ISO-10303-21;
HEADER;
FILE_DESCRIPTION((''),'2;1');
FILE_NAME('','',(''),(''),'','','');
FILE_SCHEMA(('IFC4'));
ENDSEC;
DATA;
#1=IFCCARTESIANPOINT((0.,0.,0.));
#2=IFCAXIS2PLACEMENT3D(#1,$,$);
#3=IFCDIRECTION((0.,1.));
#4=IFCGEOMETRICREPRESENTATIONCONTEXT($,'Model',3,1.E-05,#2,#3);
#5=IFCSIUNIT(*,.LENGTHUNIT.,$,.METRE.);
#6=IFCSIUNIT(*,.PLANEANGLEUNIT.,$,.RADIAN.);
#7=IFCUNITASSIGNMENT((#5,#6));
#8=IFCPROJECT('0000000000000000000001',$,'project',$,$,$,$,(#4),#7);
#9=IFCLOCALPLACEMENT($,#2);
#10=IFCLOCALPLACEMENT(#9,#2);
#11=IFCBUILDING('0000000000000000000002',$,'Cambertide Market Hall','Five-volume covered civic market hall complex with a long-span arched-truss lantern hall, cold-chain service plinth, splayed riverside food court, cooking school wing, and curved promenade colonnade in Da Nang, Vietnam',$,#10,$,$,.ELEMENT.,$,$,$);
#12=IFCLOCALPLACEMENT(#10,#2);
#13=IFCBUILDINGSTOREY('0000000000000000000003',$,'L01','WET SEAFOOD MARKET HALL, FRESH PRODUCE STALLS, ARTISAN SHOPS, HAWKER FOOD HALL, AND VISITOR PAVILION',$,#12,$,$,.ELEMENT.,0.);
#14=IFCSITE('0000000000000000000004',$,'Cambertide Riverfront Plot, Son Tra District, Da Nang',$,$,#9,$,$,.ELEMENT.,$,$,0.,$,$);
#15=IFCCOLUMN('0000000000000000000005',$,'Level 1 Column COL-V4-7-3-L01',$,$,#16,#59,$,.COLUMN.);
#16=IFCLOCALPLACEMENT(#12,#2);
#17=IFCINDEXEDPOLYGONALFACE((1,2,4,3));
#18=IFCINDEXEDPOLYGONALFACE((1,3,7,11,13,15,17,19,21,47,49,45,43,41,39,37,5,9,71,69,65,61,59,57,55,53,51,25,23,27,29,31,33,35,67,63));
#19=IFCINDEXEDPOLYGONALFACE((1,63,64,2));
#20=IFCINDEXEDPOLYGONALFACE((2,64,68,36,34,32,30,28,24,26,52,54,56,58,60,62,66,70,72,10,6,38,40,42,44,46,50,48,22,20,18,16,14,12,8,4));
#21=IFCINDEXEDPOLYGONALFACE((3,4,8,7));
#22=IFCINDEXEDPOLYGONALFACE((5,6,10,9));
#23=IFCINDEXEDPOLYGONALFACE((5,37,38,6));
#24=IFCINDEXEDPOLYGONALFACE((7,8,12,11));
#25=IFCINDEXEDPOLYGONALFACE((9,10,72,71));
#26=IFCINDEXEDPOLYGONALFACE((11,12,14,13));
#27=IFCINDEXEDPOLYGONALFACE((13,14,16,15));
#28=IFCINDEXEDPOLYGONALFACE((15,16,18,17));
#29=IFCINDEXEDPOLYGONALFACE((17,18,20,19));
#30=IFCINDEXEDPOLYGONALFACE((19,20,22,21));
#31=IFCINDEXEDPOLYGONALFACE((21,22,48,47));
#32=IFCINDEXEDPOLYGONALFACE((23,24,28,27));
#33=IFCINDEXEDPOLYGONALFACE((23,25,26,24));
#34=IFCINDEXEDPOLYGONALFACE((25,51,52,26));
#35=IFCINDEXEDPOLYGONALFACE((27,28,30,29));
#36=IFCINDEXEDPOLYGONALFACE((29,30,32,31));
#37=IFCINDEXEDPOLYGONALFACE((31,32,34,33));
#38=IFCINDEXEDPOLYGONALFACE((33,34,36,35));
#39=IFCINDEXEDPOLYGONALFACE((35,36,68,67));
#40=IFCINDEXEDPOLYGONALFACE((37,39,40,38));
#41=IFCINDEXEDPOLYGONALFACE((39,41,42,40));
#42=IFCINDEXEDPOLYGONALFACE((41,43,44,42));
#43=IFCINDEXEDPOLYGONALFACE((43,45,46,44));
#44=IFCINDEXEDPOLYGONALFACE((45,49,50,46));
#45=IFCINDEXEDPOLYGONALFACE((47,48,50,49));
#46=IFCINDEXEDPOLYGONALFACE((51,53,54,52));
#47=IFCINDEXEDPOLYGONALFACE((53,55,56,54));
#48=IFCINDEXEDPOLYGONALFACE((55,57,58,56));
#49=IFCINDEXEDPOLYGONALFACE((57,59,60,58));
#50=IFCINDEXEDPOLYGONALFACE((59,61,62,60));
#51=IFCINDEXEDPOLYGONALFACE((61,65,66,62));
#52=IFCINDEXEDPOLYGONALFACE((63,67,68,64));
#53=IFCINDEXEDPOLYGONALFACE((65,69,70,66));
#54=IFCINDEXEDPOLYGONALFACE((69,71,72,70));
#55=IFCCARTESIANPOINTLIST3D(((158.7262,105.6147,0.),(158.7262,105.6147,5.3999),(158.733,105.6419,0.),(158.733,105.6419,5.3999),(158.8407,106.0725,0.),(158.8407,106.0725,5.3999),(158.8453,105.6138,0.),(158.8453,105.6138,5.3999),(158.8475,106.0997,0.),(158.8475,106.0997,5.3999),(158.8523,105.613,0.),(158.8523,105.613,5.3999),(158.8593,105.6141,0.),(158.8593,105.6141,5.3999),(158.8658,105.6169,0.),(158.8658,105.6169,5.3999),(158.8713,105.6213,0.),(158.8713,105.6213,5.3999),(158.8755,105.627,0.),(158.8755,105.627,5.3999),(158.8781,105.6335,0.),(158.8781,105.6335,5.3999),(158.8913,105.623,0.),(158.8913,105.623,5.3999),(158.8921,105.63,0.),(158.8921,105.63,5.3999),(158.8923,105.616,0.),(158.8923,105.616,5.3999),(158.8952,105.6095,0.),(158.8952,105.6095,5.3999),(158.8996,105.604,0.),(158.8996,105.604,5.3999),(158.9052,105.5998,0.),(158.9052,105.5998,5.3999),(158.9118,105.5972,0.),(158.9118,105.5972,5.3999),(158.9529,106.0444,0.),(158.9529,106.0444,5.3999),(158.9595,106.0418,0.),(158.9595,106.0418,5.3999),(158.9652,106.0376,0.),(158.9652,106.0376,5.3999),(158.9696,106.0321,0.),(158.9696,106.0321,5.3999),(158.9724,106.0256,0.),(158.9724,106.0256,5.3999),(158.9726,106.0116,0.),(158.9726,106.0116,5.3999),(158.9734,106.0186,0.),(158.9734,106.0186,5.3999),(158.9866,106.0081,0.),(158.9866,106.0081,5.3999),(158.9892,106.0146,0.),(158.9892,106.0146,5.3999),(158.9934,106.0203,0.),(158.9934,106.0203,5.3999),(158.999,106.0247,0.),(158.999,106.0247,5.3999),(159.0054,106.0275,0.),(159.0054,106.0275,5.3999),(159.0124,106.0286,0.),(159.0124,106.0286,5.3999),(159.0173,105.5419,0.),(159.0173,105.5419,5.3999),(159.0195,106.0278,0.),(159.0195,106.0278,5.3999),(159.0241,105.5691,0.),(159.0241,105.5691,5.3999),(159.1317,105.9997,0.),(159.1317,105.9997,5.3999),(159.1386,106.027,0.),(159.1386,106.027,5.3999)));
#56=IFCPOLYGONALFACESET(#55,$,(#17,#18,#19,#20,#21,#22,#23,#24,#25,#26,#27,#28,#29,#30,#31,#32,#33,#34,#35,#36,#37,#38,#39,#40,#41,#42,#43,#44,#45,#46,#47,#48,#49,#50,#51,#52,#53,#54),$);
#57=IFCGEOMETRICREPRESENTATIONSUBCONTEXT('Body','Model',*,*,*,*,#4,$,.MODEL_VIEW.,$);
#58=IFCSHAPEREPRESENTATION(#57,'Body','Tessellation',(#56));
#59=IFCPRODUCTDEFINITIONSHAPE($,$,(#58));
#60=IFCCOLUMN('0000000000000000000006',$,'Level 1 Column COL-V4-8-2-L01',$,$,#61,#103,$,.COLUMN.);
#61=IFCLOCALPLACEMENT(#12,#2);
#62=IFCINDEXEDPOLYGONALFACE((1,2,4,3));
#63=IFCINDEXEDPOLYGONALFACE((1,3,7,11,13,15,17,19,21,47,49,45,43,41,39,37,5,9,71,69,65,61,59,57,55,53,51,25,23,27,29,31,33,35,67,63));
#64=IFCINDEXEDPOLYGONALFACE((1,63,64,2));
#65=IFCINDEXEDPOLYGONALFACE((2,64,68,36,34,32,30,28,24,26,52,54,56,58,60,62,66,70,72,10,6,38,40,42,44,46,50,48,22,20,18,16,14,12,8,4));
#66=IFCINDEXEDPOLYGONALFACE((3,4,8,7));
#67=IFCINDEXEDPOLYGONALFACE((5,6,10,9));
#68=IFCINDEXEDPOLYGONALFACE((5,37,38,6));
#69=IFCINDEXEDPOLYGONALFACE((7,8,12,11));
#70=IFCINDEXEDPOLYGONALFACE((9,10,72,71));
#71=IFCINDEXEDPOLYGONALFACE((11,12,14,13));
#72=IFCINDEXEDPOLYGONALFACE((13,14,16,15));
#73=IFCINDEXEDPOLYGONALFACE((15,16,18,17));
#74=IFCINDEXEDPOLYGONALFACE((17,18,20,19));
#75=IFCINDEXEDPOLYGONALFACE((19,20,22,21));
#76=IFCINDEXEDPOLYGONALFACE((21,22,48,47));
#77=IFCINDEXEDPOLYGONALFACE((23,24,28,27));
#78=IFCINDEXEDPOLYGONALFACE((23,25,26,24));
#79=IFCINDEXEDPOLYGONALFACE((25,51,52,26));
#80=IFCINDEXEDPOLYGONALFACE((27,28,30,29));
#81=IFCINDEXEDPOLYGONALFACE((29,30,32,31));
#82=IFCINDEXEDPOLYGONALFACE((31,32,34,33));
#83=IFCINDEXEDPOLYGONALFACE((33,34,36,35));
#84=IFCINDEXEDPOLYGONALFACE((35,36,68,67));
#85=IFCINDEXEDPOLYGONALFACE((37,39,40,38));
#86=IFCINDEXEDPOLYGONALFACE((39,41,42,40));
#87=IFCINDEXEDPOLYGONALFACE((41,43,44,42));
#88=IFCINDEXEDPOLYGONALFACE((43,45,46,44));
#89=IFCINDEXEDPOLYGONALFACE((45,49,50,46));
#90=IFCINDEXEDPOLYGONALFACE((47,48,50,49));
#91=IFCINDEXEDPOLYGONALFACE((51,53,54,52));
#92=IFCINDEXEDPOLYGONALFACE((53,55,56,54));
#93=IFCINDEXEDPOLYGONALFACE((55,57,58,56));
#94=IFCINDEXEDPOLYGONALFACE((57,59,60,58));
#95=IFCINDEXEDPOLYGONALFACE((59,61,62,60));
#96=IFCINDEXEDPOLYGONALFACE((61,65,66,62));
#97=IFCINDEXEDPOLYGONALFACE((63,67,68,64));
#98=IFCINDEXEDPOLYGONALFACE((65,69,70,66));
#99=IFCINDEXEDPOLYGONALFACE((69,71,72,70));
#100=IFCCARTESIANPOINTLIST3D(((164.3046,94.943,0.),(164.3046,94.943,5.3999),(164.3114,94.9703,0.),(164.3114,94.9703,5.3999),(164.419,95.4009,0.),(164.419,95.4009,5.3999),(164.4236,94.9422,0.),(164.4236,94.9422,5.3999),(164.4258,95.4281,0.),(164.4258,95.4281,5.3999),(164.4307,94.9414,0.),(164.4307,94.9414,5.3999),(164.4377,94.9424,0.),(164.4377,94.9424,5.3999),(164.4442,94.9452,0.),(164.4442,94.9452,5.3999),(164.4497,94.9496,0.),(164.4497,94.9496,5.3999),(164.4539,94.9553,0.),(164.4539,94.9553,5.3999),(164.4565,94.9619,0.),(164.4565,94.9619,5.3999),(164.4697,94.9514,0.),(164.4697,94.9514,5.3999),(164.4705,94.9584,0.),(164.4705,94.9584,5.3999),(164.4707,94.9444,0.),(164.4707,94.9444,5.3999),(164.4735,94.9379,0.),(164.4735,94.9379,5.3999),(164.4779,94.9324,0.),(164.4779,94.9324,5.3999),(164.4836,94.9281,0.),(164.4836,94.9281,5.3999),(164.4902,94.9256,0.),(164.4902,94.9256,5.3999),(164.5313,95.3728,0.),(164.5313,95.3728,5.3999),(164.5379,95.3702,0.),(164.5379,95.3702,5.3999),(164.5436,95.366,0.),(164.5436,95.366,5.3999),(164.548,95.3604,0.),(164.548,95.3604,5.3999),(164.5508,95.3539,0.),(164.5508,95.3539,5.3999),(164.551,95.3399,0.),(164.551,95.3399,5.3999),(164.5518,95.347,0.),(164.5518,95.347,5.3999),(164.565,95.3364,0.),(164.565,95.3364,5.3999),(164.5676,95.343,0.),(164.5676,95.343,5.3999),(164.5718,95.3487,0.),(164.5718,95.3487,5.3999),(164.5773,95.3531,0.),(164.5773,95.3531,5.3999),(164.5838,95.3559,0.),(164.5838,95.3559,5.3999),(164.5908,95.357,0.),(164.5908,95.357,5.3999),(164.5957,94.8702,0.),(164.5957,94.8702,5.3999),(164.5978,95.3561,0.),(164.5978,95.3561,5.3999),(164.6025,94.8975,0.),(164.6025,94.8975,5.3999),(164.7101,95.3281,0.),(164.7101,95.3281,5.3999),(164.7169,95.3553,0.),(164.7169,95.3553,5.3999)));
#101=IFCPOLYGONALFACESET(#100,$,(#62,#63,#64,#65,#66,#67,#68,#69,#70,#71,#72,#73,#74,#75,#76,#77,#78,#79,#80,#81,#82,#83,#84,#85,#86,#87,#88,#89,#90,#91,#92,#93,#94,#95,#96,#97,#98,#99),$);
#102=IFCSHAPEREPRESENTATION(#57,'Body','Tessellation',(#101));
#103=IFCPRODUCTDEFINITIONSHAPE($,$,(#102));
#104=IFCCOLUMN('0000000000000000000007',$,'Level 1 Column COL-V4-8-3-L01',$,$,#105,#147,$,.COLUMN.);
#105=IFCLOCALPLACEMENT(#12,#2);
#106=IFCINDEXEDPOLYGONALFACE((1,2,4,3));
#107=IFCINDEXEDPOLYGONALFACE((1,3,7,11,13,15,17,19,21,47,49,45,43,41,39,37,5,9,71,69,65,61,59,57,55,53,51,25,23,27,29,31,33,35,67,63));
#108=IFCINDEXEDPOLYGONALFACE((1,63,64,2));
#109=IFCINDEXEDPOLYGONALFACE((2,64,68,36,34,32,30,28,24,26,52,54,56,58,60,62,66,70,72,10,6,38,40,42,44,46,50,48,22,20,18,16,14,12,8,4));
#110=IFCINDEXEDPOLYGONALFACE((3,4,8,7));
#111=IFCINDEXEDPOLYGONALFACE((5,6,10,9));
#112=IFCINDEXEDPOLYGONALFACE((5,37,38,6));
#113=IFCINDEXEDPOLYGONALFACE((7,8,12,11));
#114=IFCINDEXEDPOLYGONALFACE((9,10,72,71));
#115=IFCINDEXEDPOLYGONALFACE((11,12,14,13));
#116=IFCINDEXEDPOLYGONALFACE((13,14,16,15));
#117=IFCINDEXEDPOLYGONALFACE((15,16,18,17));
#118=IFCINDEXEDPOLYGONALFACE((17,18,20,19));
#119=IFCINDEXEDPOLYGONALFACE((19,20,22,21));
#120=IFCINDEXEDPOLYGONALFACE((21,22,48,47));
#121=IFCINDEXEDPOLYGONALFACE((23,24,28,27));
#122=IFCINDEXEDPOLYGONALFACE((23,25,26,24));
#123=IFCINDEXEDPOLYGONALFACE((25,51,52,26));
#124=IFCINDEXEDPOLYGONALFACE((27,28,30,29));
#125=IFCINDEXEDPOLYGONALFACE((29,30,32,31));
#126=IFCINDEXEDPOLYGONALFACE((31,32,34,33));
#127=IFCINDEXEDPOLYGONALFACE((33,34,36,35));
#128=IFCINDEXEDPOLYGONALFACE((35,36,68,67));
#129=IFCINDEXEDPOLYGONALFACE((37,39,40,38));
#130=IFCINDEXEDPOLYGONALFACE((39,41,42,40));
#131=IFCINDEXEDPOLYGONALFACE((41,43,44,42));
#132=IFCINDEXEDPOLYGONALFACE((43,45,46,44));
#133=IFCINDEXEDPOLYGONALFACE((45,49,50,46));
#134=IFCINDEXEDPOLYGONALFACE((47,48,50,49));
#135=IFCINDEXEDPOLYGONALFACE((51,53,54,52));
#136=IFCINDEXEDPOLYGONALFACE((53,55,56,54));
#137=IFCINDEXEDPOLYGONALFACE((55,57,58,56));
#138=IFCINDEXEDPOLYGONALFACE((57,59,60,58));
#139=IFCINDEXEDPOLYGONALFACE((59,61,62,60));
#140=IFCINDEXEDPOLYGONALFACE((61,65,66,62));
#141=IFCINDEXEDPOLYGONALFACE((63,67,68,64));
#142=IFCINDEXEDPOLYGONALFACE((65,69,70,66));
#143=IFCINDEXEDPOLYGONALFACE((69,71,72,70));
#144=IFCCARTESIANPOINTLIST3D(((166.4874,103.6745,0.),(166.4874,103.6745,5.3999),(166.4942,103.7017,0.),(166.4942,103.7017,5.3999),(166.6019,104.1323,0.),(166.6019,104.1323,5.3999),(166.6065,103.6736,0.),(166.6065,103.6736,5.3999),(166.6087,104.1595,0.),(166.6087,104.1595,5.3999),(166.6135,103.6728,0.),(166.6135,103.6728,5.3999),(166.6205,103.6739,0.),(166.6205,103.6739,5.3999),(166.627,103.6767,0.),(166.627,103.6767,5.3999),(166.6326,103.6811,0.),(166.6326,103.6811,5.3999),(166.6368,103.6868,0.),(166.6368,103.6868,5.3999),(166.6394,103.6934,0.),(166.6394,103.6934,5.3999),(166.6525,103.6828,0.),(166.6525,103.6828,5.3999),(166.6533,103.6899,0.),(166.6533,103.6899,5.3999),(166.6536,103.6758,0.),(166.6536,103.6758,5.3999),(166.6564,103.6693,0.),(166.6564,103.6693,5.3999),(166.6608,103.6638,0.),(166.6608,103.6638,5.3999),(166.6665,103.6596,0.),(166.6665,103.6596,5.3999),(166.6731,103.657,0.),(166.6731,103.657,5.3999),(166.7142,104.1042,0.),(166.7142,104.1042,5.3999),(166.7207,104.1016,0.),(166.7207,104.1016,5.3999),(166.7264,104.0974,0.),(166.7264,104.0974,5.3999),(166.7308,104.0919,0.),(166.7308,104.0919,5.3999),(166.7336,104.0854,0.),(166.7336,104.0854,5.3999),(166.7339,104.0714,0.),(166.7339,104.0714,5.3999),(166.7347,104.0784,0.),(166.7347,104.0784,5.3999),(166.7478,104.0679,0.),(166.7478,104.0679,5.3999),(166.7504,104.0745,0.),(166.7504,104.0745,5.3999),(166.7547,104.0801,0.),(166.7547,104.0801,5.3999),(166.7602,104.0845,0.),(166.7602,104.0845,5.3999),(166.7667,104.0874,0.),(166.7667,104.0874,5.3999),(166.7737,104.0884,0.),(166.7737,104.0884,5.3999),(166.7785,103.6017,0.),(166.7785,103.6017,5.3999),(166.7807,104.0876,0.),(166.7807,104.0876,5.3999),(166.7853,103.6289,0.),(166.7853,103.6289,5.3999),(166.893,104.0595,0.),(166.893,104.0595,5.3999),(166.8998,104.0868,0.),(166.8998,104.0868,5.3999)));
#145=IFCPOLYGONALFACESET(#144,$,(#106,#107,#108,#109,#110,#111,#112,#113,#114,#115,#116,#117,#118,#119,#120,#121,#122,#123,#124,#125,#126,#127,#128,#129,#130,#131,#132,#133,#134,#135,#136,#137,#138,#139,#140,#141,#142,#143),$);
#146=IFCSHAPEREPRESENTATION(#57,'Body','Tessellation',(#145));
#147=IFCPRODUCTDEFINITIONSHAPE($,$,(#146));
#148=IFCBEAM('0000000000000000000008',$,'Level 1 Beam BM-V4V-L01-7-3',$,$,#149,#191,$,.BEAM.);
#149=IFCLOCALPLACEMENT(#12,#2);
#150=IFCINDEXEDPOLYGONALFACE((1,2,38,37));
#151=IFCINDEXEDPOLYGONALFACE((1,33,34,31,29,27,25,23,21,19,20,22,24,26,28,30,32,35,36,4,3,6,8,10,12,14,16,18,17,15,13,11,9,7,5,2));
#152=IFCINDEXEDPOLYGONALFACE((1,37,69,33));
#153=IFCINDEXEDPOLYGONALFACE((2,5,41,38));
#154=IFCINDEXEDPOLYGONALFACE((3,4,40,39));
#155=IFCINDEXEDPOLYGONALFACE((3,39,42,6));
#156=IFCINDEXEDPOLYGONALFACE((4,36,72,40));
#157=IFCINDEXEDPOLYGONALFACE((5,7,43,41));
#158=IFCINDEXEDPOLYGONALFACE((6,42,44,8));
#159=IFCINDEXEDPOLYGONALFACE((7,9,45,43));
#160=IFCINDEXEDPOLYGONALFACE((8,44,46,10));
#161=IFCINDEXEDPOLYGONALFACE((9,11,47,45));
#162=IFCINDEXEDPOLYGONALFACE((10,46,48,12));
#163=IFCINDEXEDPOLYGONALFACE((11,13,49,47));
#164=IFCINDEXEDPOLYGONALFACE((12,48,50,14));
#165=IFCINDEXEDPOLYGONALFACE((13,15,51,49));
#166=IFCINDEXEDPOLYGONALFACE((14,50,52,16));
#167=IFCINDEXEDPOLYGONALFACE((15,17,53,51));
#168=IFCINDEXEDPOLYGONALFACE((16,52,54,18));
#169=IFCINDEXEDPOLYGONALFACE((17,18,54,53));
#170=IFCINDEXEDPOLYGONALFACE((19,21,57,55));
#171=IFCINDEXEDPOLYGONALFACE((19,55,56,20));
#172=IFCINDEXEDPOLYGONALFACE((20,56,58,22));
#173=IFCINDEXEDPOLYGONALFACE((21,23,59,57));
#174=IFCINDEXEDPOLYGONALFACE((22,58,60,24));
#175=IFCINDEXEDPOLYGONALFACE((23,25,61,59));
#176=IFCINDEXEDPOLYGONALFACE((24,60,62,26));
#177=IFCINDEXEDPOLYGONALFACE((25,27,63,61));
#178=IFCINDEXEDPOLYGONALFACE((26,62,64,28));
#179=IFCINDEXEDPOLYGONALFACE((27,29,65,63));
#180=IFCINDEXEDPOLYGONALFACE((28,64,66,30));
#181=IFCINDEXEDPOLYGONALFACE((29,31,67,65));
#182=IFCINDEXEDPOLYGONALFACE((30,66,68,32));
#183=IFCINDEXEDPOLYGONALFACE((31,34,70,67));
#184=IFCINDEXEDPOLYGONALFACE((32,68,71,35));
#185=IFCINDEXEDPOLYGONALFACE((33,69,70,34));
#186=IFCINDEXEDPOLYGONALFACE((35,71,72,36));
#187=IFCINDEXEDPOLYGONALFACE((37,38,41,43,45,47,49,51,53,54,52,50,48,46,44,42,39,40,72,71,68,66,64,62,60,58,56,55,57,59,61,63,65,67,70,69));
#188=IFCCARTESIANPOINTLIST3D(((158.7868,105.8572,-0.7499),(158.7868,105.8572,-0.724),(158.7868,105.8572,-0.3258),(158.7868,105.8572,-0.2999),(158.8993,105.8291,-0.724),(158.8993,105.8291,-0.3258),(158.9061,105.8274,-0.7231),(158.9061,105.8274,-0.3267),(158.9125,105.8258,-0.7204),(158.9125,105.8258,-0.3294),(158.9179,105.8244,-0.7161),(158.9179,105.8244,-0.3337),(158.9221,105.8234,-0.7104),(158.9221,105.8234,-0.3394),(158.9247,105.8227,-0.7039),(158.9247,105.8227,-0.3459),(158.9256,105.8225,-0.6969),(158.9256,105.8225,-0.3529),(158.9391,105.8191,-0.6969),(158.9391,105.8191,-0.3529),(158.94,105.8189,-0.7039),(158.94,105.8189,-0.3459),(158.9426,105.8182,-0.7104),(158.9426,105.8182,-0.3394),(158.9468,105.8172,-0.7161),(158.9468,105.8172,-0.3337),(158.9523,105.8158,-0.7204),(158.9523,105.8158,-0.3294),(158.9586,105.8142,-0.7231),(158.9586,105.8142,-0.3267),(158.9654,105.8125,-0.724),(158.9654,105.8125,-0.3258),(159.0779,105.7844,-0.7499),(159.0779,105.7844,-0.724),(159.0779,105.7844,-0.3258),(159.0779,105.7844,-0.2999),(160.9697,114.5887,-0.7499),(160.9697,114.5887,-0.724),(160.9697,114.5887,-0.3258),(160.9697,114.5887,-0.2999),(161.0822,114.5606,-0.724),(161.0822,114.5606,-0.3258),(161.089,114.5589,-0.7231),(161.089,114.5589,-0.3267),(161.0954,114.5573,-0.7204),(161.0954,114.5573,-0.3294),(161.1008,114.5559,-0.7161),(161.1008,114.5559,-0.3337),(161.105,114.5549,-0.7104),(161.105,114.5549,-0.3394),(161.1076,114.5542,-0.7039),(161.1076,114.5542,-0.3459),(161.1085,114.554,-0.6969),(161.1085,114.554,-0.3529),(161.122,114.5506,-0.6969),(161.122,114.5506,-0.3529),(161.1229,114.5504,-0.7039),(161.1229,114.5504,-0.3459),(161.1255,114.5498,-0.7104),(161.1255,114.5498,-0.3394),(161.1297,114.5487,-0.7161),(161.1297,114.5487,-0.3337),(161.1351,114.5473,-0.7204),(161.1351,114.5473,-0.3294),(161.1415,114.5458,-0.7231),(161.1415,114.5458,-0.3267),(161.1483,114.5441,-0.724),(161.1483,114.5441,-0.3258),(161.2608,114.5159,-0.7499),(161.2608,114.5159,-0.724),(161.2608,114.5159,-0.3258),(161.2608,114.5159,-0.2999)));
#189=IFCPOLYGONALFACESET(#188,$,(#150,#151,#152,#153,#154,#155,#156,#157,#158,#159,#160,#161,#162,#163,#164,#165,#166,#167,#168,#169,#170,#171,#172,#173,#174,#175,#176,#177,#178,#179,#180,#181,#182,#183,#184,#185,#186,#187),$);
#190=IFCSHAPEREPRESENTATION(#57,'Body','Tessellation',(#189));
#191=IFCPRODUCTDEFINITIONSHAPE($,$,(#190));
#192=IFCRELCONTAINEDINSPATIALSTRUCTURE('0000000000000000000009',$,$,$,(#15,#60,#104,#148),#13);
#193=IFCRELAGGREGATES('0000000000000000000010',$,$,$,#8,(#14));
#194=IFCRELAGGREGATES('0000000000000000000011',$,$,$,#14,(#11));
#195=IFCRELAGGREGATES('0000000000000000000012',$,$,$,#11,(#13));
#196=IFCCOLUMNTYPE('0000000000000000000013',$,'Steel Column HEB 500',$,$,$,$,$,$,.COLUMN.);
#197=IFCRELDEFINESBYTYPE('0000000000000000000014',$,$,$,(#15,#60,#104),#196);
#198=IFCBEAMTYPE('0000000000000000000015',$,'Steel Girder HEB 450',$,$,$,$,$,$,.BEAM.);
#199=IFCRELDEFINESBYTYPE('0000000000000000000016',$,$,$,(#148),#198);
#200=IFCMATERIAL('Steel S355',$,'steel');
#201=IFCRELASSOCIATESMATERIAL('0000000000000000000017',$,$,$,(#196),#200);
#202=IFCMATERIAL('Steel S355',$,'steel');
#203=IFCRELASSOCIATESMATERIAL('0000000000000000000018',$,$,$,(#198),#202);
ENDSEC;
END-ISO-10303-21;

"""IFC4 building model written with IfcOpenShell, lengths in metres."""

from ifc_helpers import new_model, si_unit, direction, frame, origin, origin_2d, place, context, subcontext, project, spatial, i_section, extrude, material, material_profile, profile_set, type_object, element, save


model = new_model("IFC4")

# Units and contexts
model_context = context("Model", 3, precision=1e-05, world=origin(), true_north=direction((0.0, 1.0)))
body_context = subcontext(model_context, "Body", "Model", "MODEL_VIEW")
ifc_project = project(units=[si_unit("LENGTHUNIT", "METRE"), si_unit("PLANEANGLEUNIT", "RADIAN")], contexts=[model_context])

# Site, building, storey
site_placement = place(None, origin())
site = spatial("IfcSite", under=ifc_project, at=site_placement, Name="Cambertide Riverfront Plot, Son Tra District, Da Nang", CompositionType="ELEMENT", RefElevation=0.0)
building_placement = place(site_placement, origin())
building = spatial("IfcBuilding", under=site, at=building_placement, Name="Cambertide Market Hall", Description="Five-volume covered civic market hall complex with a long-span arched-truss lantern hall, cold-chain service plinth, splayed riverside food court, cooking school wing, and curved promenade colonnade in Da Nang, Vietnam", CompositionType="ELEMENT")
storey_placement = place(building_placement, origin())
storey = spatial("IfcBuildingStorey", under=building, at=storey_placement, Name="L01", Description="WET SEAFOOD MARKET HALL, FRESH PRODUCE STALLS, ARTISAN SHOPS, HAWKER FOOD HALL, AND VISITOR PAVILION", CompositionType="ELEMENT", Elevation=0.0)

# Columns
ifc_material_1 = material(Name="Steel S355", Category="steel")
ifc_material_profile_1 = material_profile(ifc_material_1, i_section(OverallWidth=0.3, OverallDepth=0.5, WebThickness=0.0144, FlangeThickness=0.0281, FilletRadius=0.0271, at=origin_2d()), Name="HEB 500")
ifc_profile_set_1 = profile_set([ifc_material_profile_1], Name="Steel S355")
column_type = type_object("IfcColumnType", Name="Steel Column HEB 500", PredefinedType="COLUMN", material=ifc_profile_set_1)
for number, where, z_axis, x_axis, name in (
    (1, (158.9324, 105.8208, 0.0), (0.0, 0.0, 1.0), (0.970143, -0.242536, 0.0), "Level 1 Column COL-V4-7-3-L01"),
    (2, (164.5107, 95.1492, 0.0), (0.0, 0.0, 1.0), (0.970143, -0.242536, 0.0), "Level 1 Column COL-V4-8-2-L01"),
    (3, (166.6936, 103.8806, 0.0), (0.0, 0.0, 1.0), (0.970143, -0.242536, 0.0), "Level 1 Column COL-V4-8-3-L01"),
):
    element("IfcColumn", number, at=place(storey_placement, frame(where, z_axis=z_axis, x_axis=x_axis)), inside=storey, type_object=column_type, Name=name, PredefinedType="COLUMN", context=body_context, shape_type="SweptSolid", body=[
        extrude(i_section(OverallWidth=0.3, OverallDepth=0.5, WebThickness=0.0144, FlangeThickness=0.0281, FilletRadius=0.0271, at=origin_2d()), origin(), (0.0, 0.0, 1.0), 5.3999),
    ])

# Beam
ifc_material_2 = material(Name="Steel S355", Category="steel")
ifc_material_profile_2 = material_profile(ifc_material_2, i_section(OverallWidth=0.3, OverallDepth=0.45, WebThickness=0.0139, FlangeThickness=0.0259, FilletRadius=0.0271, at=origin_2d()), Name="HEB 450")
ifc_profile_set_2 = profile_set([ifc_material_profile_2], Name="Steel S355")
beam_type_1 = type_object("IfcBeamType", Name="Steel Girder HEB 450", PredefinedType="BEAM", material=ifc_profile_set_2)
for number, where, z_axis, x_axis, name in (
    (4, (158.9324, 105.8208, -0.5249), (0.242536, 0.970143, 0.0), (-0.970143, 0.242536, 0.0), "Level 1 Beam BM-V4V-L01-7-3"),
):
    element("IfcBeam", number, at=place(storey_placement, frame(where, z_axis=z_axis, x_axis=x_axis)), inside=storey, type_object=beam_type_1, Name=name, PredefinedType="BEAM", context=body_context, shape_type="SweptSolid", body=[
        extrude(i_section(OverallWidth=0.3, OverallDepth=0.45, WebThickness=0.0139, FlangeThickness=0.0259, FilletRadius=0.0271, at=origin_2d()), origin(), (0.0, 0.0, 1.0), 9.0002),
    ])

save(model, "model.ifc")
